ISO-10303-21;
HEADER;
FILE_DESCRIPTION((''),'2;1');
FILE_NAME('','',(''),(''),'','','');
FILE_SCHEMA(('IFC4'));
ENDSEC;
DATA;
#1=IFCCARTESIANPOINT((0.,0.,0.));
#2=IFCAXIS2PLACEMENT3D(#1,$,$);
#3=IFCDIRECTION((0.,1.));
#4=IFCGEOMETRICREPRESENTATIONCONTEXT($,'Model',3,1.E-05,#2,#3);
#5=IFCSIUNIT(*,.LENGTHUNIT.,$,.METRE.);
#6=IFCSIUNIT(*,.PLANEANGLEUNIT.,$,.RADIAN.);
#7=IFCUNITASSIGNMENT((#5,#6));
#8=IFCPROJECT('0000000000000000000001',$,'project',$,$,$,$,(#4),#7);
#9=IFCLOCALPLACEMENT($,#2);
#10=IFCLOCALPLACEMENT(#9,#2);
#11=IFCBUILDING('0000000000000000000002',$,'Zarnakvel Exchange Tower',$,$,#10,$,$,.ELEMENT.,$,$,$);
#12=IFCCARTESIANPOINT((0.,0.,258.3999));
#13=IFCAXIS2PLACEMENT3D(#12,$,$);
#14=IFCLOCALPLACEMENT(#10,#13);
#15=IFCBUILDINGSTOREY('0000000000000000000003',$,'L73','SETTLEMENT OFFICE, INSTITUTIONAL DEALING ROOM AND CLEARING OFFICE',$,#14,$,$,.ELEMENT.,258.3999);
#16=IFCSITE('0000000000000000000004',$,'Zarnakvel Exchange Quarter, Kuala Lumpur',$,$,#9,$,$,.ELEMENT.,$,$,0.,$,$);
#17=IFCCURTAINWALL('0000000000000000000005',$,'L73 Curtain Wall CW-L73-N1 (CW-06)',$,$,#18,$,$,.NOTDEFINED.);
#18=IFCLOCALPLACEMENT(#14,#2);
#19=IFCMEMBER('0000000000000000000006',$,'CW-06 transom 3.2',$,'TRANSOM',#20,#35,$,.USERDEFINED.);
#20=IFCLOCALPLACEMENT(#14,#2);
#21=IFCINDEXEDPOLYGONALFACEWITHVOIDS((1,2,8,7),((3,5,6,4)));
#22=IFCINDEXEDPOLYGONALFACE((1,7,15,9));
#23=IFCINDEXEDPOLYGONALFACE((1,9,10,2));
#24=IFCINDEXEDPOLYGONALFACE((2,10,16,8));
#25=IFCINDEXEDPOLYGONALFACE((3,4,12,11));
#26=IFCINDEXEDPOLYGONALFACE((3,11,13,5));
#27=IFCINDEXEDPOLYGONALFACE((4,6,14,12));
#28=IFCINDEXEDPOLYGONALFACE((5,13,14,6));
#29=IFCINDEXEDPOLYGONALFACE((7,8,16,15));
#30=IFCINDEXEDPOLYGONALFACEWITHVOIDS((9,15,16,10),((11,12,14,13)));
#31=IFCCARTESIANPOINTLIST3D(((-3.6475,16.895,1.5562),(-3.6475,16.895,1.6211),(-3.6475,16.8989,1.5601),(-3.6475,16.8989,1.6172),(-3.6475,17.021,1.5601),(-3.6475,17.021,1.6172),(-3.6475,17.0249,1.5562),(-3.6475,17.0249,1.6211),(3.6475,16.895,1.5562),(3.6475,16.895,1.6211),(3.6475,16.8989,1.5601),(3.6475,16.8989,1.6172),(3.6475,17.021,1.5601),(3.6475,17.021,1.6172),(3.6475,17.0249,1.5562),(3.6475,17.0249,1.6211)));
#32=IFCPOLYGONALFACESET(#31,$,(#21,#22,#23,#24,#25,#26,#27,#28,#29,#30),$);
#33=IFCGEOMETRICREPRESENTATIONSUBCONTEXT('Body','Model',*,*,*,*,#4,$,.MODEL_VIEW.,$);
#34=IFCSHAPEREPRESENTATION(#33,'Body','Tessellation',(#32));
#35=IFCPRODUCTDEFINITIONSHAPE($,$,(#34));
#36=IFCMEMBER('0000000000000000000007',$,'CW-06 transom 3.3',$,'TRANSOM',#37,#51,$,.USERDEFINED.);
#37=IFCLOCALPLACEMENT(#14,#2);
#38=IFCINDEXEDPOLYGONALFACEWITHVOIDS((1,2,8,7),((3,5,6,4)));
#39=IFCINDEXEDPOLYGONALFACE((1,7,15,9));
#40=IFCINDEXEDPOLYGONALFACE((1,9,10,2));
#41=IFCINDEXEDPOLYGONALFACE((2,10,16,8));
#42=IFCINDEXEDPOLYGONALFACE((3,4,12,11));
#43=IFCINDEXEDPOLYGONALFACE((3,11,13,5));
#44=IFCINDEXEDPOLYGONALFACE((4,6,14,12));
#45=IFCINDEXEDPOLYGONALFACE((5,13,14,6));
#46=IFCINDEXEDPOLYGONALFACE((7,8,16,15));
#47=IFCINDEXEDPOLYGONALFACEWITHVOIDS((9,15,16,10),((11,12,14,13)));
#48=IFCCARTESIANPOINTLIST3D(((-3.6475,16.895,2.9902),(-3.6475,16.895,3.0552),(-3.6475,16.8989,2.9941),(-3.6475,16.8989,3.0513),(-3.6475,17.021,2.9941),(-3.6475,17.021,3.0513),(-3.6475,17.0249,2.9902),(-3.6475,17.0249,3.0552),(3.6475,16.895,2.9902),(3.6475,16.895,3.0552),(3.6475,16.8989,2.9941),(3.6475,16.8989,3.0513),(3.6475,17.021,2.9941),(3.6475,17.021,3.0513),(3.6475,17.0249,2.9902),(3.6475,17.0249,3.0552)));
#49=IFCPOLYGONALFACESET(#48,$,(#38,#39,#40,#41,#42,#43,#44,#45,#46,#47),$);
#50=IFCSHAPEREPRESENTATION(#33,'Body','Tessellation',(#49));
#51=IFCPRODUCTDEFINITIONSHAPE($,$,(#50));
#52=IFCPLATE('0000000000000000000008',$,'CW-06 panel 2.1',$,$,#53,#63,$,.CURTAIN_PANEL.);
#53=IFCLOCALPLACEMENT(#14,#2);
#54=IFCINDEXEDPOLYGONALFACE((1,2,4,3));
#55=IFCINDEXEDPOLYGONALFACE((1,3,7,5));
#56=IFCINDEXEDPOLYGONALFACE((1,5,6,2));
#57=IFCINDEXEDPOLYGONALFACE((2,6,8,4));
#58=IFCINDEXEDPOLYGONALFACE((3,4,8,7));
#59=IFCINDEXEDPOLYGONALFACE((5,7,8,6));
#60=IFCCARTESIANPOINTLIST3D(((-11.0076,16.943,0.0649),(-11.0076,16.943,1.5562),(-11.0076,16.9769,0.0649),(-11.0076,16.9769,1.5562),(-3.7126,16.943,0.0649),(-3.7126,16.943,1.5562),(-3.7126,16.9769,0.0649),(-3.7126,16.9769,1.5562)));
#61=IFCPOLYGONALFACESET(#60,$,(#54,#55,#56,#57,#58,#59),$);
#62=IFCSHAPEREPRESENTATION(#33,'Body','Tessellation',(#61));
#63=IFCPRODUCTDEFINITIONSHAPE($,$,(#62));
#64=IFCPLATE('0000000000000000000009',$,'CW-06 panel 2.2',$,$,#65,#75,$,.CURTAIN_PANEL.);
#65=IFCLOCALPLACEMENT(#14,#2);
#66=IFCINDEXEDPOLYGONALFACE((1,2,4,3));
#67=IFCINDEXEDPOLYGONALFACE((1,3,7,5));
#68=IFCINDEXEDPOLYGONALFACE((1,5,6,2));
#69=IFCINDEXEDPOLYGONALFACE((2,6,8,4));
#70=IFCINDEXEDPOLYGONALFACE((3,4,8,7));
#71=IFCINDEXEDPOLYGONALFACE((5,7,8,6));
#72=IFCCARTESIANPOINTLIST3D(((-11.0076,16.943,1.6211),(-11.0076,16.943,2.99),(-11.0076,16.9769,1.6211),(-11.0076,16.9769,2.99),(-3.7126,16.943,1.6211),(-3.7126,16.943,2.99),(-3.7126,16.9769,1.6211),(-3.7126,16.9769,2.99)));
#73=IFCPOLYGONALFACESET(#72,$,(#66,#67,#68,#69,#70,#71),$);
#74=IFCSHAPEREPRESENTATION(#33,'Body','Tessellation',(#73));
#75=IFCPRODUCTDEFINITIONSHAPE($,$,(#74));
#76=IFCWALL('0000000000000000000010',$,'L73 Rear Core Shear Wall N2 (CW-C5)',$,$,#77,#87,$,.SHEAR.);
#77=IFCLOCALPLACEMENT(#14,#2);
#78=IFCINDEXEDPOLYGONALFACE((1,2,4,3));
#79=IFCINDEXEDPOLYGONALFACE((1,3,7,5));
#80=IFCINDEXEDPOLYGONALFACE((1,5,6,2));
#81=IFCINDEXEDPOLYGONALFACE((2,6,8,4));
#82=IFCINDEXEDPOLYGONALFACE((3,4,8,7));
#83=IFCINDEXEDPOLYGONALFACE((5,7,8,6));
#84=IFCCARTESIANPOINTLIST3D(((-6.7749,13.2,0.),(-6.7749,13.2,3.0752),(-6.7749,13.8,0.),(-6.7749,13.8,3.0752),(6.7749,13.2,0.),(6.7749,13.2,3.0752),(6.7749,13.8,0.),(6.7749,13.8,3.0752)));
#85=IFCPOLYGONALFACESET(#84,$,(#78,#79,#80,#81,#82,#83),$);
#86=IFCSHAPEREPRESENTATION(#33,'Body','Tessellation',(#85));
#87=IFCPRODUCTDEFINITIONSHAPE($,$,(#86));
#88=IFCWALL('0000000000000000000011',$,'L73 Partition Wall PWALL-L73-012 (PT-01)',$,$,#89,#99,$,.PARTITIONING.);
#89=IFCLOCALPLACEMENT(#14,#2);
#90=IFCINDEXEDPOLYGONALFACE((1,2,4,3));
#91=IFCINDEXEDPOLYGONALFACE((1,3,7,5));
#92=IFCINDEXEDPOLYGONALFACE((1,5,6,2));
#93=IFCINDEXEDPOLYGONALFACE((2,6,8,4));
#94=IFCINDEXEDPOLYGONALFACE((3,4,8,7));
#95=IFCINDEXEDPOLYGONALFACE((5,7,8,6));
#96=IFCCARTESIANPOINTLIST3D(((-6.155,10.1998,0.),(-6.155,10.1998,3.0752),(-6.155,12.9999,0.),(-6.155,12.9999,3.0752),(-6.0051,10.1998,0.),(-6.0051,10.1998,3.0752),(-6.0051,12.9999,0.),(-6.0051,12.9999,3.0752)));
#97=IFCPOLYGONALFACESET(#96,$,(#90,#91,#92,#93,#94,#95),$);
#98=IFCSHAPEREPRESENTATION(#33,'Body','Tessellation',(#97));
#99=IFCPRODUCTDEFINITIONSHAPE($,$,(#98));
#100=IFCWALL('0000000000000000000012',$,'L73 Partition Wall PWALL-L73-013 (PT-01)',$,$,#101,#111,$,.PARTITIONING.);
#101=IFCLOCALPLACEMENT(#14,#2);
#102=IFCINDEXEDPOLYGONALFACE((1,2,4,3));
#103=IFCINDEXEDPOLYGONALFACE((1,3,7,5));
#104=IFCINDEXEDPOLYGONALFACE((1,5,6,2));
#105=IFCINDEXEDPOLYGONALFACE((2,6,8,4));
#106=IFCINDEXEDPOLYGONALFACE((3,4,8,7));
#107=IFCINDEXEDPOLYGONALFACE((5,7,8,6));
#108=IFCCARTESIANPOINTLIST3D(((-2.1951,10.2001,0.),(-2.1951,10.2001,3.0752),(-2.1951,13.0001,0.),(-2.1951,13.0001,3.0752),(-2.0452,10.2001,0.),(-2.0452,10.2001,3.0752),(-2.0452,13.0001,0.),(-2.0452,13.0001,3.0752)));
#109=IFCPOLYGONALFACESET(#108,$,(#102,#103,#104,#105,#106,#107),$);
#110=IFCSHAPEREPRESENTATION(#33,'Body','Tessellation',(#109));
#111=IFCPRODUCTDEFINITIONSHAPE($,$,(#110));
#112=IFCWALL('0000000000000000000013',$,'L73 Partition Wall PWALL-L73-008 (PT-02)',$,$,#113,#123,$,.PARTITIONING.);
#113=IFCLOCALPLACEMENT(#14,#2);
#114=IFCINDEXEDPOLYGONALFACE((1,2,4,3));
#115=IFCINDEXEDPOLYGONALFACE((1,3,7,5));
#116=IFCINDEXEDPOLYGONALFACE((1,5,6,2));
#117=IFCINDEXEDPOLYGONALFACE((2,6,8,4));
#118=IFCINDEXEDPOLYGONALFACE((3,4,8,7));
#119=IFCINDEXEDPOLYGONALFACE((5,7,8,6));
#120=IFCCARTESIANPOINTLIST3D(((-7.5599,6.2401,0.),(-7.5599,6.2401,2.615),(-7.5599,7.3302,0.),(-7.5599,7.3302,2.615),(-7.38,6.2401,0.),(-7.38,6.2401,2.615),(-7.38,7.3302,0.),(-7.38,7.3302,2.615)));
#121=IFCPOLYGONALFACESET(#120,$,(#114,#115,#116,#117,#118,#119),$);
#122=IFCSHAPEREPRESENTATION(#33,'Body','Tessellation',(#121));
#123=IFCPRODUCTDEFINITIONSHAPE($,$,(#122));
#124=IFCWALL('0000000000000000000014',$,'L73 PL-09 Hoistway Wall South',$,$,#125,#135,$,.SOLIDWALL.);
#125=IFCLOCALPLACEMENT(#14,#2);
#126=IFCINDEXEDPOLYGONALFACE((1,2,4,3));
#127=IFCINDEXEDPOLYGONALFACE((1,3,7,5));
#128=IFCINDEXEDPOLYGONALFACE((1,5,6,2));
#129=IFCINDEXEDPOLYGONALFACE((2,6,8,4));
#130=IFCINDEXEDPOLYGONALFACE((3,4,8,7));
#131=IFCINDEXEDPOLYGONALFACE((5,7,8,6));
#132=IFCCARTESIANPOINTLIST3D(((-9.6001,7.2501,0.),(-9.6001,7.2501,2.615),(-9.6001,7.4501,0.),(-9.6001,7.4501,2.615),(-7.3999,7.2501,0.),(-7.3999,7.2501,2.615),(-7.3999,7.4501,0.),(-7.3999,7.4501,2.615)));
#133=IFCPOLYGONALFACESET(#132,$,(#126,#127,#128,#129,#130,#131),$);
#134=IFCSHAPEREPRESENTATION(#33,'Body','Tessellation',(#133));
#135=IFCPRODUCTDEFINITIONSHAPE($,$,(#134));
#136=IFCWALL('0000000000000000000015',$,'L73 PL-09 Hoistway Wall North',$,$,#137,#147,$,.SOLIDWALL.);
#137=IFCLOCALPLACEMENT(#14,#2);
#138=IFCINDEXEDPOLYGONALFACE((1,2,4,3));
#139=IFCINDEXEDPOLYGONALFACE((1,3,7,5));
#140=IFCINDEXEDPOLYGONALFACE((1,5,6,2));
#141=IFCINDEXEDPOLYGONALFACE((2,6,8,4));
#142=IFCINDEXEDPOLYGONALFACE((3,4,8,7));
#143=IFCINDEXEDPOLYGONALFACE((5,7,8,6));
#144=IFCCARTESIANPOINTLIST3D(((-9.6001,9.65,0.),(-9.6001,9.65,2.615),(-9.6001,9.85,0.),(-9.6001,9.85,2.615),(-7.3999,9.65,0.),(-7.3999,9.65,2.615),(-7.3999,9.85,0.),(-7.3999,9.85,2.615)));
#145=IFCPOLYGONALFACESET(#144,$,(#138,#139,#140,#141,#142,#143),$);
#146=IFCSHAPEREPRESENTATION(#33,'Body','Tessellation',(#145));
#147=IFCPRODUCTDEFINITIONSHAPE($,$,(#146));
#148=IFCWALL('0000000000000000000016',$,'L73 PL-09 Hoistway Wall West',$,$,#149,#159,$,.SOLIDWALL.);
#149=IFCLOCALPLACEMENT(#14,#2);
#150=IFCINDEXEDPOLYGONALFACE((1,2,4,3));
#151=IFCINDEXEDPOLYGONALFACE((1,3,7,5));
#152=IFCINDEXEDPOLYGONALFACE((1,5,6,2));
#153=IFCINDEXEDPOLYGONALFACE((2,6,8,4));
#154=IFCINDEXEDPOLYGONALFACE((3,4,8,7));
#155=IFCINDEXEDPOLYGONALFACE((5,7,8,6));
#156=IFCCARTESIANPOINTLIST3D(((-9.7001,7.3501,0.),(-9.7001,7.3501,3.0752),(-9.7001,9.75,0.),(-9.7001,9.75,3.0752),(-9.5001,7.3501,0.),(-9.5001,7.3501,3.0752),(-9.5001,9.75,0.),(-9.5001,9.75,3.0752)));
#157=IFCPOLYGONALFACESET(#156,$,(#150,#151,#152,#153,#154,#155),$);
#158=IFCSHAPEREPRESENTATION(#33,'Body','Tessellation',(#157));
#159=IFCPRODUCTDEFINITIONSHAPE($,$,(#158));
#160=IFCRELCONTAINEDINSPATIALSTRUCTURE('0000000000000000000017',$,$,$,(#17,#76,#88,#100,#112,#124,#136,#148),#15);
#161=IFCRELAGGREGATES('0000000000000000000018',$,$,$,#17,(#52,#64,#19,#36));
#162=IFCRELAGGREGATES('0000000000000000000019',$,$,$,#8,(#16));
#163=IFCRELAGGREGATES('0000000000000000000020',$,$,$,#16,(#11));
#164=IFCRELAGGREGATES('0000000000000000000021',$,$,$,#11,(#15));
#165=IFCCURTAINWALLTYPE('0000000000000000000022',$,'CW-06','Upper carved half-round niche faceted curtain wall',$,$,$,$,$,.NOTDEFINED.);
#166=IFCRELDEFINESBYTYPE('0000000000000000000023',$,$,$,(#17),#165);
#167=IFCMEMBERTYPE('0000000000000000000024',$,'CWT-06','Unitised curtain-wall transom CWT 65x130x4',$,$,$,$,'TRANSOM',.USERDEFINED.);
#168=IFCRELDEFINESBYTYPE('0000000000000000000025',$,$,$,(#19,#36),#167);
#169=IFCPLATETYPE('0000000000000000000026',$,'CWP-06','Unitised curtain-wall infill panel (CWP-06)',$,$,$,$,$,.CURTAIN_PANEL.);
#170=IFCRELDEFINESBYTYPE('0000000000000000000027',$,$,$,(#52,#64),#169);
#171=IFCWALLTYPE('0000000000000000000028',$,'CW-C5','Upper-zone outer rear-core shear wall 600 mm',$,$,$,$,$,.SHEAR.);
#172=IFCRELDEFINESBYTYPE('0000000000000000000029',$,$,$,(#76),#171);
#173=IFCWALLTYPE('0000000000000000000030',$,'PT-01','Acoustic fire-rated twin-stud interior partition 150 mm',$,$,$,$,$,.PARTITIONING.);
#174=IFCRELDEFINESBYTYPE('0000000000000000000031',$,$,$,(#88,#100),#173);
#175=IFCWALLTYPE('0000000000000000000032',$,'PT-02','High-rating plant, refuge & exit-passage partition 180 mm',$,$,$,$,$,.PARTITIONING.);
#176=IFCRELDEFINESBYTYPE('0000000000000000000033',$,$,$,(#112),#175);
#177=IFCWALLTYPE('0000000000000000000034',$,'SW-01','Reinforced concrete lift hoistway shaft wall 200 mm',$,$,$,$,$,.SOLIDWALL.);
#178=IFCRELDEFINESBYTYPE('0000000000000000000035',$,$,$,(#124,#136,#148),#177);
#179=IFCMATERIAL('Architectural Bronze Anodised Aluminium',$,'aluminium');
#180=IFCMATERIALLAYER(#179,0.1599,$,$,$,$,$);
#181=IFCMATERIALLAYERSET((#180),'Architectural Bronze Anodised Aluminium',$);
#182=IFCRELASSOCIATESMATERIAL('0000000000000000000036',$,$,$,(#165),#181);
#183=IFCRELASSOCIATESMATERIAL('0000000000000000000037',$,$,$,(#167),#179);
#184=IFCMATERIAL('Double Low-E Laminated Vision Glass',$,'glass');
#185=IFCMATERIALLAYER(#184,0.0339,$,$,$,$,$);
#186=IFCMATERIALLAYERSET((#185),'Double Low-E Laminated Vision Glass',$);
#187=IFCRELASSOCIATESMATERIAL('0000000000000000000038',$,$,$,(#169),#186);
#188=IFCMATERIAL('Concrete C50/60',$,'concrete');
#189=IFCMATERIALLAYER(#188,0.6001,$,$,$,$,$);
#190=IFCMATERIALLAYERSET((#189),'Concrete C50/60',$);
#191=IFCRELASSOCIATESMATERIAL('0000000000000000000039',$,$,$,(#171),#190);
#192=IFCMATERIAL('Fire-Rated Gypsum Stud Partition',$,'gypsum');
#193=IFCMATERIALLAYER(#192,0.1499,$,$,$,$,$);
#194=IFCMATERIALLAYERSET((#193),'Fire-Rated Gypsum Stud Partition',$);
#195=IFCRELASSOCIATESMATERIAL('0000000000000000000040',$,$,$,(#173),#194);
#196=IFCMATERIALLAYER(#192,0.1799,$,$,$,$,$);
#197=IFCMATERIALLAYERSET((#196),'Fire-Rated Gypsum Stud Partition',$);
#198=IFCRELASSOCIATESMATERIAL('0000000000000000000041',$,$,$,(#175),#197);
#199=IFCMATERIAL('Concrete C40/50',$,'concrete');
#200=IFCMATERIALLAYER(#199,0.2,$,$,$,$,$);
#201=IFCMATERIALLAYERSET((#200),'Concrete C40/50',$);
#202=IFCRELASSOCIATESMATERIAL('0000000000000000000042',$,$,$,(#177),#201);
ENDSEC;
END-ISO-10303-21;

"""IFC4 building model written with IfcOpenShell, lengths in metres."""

from ifc_helpers import new_model, si_unit, direction, frame, frame_2d, origin, origin_2d, place, context, subcontext, project, spatial, rectangle, hollow_rectangle, extrude, source, transform, mapped, material, layer, layer_set, material_profile, profile_set, type_object, element, aggregate, save


model = new_model("IFC4")

# Units and contexts
model_context = context("Model", 3, precision=1e-05, world=origin(), true_north=direction((0.0, 1.0)))
body_context = subcontext(model_context, "Body", "Model", "MODEL_VIEW")
ifc_project = project(units=[si_unit("LENGTHUNIT", "METRE"), si_unit("PLANEANGLEUNIT", "RADIAN")], contexts=[model_context])

# Site, building, storey
site_placement = place(None, origin())
site = spatial("IfcSite", under=ifc_project, at=site_placement, Name="Zarnakvel Exchange Quarter, Kuala Lumpur", CompositionType="ELEMENT", RefElevation=0.0)
building_placement = place(site_placement, origin())
building = spatial("IfcBuilding", under=site, at=building_placement, Name="Zarnakvel Exchange Tower", CompositionType="ELEMENT")
storey_placement = place(building_placement, frame((0.0, 0.0, 258.3999)))
storey = spatial("IfcBuildingStorey", under=building, at=storey_placement, Name="L73", Description="SETTLEMENT OFFICE, INSTITUTIONAL DEALING ROOM AND CLEARING OFFICE", CompositionType="ELEMENT", Elevation=258.3999)

# Shared definitions
ifc_material_1 = material(Name="Concrete C50/60", Category="concrete")

# Curtain wall, members, plates
ifc_material_2 = material(Name="Architectural Bronze Anodised Aluminium", Category="aluminium")
ifc_layer_1 = layer(ifc_material_2, 0.1599)
ifc_layer_set_1 = layer_set([ifc_layer_1], Name="Architectural Bronze Anodised Aluminium")
curtain_wall_type = type_object("IfcCurtainWallType", Name="CW-06", Description="Upper carved half-round niche faceted curtain wall", PredefinedType="NOTDEFINED", material=ifc_layer_set_1)
curtain_wall_placement = place(storey_placement, origin())
curtain_wall = element("IfcCurtainWall", 1, at=curtain_wall_placement, inside=storey, type_object=curtain_wall_type, Name="L73 Curtain Wall CW-L73-N1 (CW-06)", PredefinedType="NOTDEFINED")
ifc_material_profile_1 = material_profile(ifc_material_2, hollow_rectangle(XDim=0.1299, YDim=0.0649, WallThickness=0.0039, at=origin_2d()))
ifc_profile_set_1 = profile_set([ifc_material_profile_1], Name="Architectural Bronze Anodised Aluminium")
member_type_1 = type_object("IfcMemberType", Name="CWT-06", Description="Unitised curtain-wall transom CWT 65x130x4", ElementType="TRANSOM", PredefinedType="USERDEFINED", material=ifc_profile_set_1)
shared_shape_1 = source(origin(), body_context, "Body", "SweptSolid", [
    extrude(hollow_rectangle(XDim=0.1299, YDim=0.0649, WallThickness=0.0039, at=origin_2d()), origin(), (0.0, 0.0, 1.0), 7.2949),
])
member_1_placement = place(storey_placement, frame((-3.6475, 16.96, 1.5886), z_axis=(1.0, 0.0, 0.0), x_axis=(0.0, 1.0, 0.0)))
member_1 = element("IfcMember", 2, at=member_1_placement, type_object=member_type_1, Name="CW-06 transom 3.2", ObjectType="TRANSOM", PredefinedType="USERDEFINED", context=body_context, shape_type="MappedRepresentation", body=[
    mapped(shared_shape_1, transform((0.0, 0.0, 0.0), x_axis=(1.0, 0.0, 0.0), y_axis=(0.0, 1.0, 0.0), z_axis=(0.0, 0.0, 1.0), scale=1.0)),
])
member_2_placement = place(storey_placement, frame((-3.6475, 16.96, 3.0227), z_axis=(1.0, 0.0, 0.0), x_axis=(0.0, 1.0, 0.0)))
member_2 = element("IfcMember", 3, at=member_2_placement, type_object=member_type_1, Name="CW-06 transom 3.3", ObjectType="TRANSOM", PredefinedType="USERDEFINED", context=body_context, shape_type="MappedRepresentation", body=[
    mapped(shared_shape_1, transform((0.0, 0.0, 0.0), x_axis=(1.0, 0.0, 0.0), y_axis=(0.0, 1.0, 0.0), z_axis=(0.0, 0.0, 1.0), scale=1.0)),
])
ifc_material_3 = material(Name="Double Low-E Laminated Vision Glass", Category="glass")
ifc_layer_2 = layer(ifc_material_3, 0.0339)
ifc_layer_set_2 = layer_set([ifc_layer_2], Name="Double Low-E Laminated Vision Glass")
plate_type = type_object("IfcPlateType", Name="CWP-06", Description="Unitised curtain-wall infill panel (CWP-06)", PredefinedType="CURTAIN_PANEL", material=ifc_layer_set_2)
shared_shape_2 = source(origin(), body_context, "Body", "SweptSolid", [
    extrude(rectangle(XDim=7.2949, YDim=0.0339, at=origin_2d()), origin(), (0.0, 0.0, 1.0), 1.4912),
])
plate_1_placement = place(storey_placement, frame((-7.3601, 16.96, 0.0649), z_axis=(0.0, 0.0, 1.0), x_axis=(1.0, 0.0, 0.0)))
plate_1 = element("IfcPlate", 4, at=plate_1_placement, type_object=plate_type, Name="CW-06 panel 2.1", PredefinedType="CURTAIN_PANEL", context=body_context, shape_type="MappedRepresentation", body=[
    mapped(shared_shape_2, transform((0.0, 0.0, 0.0), x_axis=(1.0, 0.0, 0.0), y_axis=(0.0, 1.0, 0.0), z_axis=(0.0, 0.0, 1.0), scale=1.0)),
])
shared_shape_3 = source(origin(), body_context, "Body", "SweptSolid", [
    extrude(rectangle(XDim=7.2949, YDim=0.0339, at=origin_2d()), origin(), (0.0, 0.0, 1.0), 1.3689),
])
plate_2_placement = place(storey_placement, frame((-7.3601, 16.96, 1.6211), z_axis=(0.0, 0.0, 1.0), x_axis=(1.0, 0.0, 0.0)))
plate_2 = element("IfcPlate", 5, at=plate_2_placement, type_object=plate_type, Name="CW-06 panel 2.2", PredefinedType="CURTAIN_PANEL", context=body_context, shape_type="MappedRepresentation", body=[
    mapped(shared_shape_3, transform((0.0, 0.0, 0.0), x_axis=(1.0, 0.0, 0.0), y_axis=(0.0, 1.0, 0.0), z_axis=(0.0, 0.0, 1.0), scale=1.0)),
])
aggregate(curtain_wall, [plate_1, plate_2, member_1, member_2])

# Wall
ifc_layer_3 = layer(ifc_material_1, 0.6001)
ifc_layer_set_3 = layer_set([ifc_layer_3], Name="Concrete C50/60")
wall_type_1 = type_object("IfcWallType", Name="CW-C5", Description="Upper-zone outer rear-core shear wall 600 mm", PredefinedType="SHEAR", material=ifc_layer_set_3)
wall_1_placement = place(storey_placement, frame((-6.7749, 13.5, 0.0), z_axis=(0.0, 0.0, 1.0), x_axis=(1.0, 0.0, 0.0)))
element("IfcWall", 6, at=wall_1_placement, inside=storey, type_object=wall_type_1, Name="L73 Rear Core Shear Wall N2 (CW-C5)", PredefinedType="SHEAR", context=body_context, shape_type="SweptSolid", body=[
    extrude(rectangle(XDim=13.5498, YDim=0.6001, at=frame_2d((6.7749, 0.0))), origin(), (0.0, 0.0, 1.0), 3.0752),
])

# Shared definitions
ifc_material_4 = material(Name="Fire-Rated Gypsum Stud Partition", Category="gypsum")
ifc_layer_4 = layer(ifc_material_4, 0.1499)
ifc_layer_set_4 = layer_set([ifc_layer_4], Name="Fire-Rated Gypsum Stud Partition")
wall_type_2 = type_object("IfcWallType", Name="PT-01", Description="Acoustic fire-rated twin-stud interior partition 150 mm", PredefinedType="PARTITIONING", material=ifc_layer_set_4)

# Walls
for number, where, z_axis, x_axis, name in (
    (7, (-6.0801, 10.2, 0.0), (0.0, 0.0, 1.0), (0.0, 1.0, 0.0), "L73 Partition Wall PWALL-L73-012 (PT-01)"),
    (8, (-2.1201, 13.0, 0.0), (0.0, 0.0, 1.0), (0.0, -1.0, 0.0), "L73 Partition Wall PWALL-L73-013 (PT-01)"),
):
    element("IfcWall", number, at=place(storey_placement, frame(where, z_axis=z_axis, x_axis=x_axis)), inside=storey, type_object=wall_type_2, Name=name, PredefinedType="PARTITIONING", context=body_context, shape_type="SweptSolid", body=[
        extrude(rectangle(XDim=2.8, YDim=0.1499, at=frame_2d((1.3999, 0.0))), origin(), (0.0, 0.0, 1.0), 3.0752),
    ])
ifc_layer_5 = layer(ifc_material_4, 0.1799)
ifc_layer_set_5 = layer_set([ifc_layer_5], Name="Fire-Rated Gypsum Stud Partition")
wall_type_3 = type_object("IfcWallType", Name="PT-02", Description="High-rating plant, refuge & exit-passage partition 180 mm", PredefinedType="PARTITIONING", material=ifc_layer_set_5)
wall_2_placement = place(storey_placement, frame((-7.47, 7.3301, 0.0), z_axis=(0.0, 0.0, 1.0), x_axis=(0.0, -1.0, 0.0)))
element("IfcWall", 9, at=wall_2_placement, inside=storey, type_object=wall_type_3, Name="L73 Partition Wall PWALL-L73-008 (PT-02)", PredefinedType="PARTITIONING", context=body_context, shape_type="SweptSolid", body=[
    extrude(rectangle(XDim=1.0901, YDim=0.1799, at=frame_2d((0.5449, 0.0))), origin(), (0.0, 0.0, 1.0), 2.615),
])
ifc_material_5 = material(Name="Concrete C40/50", Category="concrete")
ifc_layer_6 = layer(ifc_material_5, 0.2)
ifc_layer_set_6 = layer_set([ifc_layer_6], Name="Concrete C40/50")
wall_type_4 = type_object("IfcWallType", Name="SW-01", Description="Reinforced concrete lift hoistway shaft wall 200 mm", PredefinedType="SOLIDWALL", material=ifc_layer_set_6)
for number, where, z_axis, x_axis, name in (
    (10, (-7.3999, 7.3501, 0.0), (0.0, 0.0, 1.0), (-1.0, 0.0, 0.0), "L73 PL-09 Hoistway Wall South"),
    (11, (-9.6001, 9.75, 0.0), (0.0, 0.0, 1.0), (1.0, 0.0, 0.0), "L73 PL-09 Hoistway Wall North"),
):
    element("IfcWall", number, at=place(storey_placement, frame(where, z_axis=z_axis, x_axis=x_axis)), inside=storey, type_object=wall_type_4, Name=name, PredefinedType="SOLIDWALL", context=body_context, shape_type="SweptSolid", body=[
        extrude(rectangle(XDim=2.2002, YDim=0.2, at=frame_2d((1.1001, 0.0))), origin(), (0.0, 0.0, 1.0), 2.615),
    ])
wall_3_placement = place(storey_placement, frame((-9.6001, 7.3501, 0.0), z_axis=(0.0, 0.0, 1.0), x_axis=(0.0, 1.0, 0.0)))
element("IfcWall", 12, at=wall_3_placement, inside=storey, type_object=wall_type_4, Name="L73 PL-09 Hoistway Wall West", PredefinedType="SOLIDWALL", context=body_context, shape_type="SweptSolid", body=[
    extrude(rectangle(XDim=2.3999, YDim=0.2, at=frame_2d((1.2, 0.0))), origin(), (0.0, 0.0, 1.0), 3.0752),
])

save(model, "model.ifc")
